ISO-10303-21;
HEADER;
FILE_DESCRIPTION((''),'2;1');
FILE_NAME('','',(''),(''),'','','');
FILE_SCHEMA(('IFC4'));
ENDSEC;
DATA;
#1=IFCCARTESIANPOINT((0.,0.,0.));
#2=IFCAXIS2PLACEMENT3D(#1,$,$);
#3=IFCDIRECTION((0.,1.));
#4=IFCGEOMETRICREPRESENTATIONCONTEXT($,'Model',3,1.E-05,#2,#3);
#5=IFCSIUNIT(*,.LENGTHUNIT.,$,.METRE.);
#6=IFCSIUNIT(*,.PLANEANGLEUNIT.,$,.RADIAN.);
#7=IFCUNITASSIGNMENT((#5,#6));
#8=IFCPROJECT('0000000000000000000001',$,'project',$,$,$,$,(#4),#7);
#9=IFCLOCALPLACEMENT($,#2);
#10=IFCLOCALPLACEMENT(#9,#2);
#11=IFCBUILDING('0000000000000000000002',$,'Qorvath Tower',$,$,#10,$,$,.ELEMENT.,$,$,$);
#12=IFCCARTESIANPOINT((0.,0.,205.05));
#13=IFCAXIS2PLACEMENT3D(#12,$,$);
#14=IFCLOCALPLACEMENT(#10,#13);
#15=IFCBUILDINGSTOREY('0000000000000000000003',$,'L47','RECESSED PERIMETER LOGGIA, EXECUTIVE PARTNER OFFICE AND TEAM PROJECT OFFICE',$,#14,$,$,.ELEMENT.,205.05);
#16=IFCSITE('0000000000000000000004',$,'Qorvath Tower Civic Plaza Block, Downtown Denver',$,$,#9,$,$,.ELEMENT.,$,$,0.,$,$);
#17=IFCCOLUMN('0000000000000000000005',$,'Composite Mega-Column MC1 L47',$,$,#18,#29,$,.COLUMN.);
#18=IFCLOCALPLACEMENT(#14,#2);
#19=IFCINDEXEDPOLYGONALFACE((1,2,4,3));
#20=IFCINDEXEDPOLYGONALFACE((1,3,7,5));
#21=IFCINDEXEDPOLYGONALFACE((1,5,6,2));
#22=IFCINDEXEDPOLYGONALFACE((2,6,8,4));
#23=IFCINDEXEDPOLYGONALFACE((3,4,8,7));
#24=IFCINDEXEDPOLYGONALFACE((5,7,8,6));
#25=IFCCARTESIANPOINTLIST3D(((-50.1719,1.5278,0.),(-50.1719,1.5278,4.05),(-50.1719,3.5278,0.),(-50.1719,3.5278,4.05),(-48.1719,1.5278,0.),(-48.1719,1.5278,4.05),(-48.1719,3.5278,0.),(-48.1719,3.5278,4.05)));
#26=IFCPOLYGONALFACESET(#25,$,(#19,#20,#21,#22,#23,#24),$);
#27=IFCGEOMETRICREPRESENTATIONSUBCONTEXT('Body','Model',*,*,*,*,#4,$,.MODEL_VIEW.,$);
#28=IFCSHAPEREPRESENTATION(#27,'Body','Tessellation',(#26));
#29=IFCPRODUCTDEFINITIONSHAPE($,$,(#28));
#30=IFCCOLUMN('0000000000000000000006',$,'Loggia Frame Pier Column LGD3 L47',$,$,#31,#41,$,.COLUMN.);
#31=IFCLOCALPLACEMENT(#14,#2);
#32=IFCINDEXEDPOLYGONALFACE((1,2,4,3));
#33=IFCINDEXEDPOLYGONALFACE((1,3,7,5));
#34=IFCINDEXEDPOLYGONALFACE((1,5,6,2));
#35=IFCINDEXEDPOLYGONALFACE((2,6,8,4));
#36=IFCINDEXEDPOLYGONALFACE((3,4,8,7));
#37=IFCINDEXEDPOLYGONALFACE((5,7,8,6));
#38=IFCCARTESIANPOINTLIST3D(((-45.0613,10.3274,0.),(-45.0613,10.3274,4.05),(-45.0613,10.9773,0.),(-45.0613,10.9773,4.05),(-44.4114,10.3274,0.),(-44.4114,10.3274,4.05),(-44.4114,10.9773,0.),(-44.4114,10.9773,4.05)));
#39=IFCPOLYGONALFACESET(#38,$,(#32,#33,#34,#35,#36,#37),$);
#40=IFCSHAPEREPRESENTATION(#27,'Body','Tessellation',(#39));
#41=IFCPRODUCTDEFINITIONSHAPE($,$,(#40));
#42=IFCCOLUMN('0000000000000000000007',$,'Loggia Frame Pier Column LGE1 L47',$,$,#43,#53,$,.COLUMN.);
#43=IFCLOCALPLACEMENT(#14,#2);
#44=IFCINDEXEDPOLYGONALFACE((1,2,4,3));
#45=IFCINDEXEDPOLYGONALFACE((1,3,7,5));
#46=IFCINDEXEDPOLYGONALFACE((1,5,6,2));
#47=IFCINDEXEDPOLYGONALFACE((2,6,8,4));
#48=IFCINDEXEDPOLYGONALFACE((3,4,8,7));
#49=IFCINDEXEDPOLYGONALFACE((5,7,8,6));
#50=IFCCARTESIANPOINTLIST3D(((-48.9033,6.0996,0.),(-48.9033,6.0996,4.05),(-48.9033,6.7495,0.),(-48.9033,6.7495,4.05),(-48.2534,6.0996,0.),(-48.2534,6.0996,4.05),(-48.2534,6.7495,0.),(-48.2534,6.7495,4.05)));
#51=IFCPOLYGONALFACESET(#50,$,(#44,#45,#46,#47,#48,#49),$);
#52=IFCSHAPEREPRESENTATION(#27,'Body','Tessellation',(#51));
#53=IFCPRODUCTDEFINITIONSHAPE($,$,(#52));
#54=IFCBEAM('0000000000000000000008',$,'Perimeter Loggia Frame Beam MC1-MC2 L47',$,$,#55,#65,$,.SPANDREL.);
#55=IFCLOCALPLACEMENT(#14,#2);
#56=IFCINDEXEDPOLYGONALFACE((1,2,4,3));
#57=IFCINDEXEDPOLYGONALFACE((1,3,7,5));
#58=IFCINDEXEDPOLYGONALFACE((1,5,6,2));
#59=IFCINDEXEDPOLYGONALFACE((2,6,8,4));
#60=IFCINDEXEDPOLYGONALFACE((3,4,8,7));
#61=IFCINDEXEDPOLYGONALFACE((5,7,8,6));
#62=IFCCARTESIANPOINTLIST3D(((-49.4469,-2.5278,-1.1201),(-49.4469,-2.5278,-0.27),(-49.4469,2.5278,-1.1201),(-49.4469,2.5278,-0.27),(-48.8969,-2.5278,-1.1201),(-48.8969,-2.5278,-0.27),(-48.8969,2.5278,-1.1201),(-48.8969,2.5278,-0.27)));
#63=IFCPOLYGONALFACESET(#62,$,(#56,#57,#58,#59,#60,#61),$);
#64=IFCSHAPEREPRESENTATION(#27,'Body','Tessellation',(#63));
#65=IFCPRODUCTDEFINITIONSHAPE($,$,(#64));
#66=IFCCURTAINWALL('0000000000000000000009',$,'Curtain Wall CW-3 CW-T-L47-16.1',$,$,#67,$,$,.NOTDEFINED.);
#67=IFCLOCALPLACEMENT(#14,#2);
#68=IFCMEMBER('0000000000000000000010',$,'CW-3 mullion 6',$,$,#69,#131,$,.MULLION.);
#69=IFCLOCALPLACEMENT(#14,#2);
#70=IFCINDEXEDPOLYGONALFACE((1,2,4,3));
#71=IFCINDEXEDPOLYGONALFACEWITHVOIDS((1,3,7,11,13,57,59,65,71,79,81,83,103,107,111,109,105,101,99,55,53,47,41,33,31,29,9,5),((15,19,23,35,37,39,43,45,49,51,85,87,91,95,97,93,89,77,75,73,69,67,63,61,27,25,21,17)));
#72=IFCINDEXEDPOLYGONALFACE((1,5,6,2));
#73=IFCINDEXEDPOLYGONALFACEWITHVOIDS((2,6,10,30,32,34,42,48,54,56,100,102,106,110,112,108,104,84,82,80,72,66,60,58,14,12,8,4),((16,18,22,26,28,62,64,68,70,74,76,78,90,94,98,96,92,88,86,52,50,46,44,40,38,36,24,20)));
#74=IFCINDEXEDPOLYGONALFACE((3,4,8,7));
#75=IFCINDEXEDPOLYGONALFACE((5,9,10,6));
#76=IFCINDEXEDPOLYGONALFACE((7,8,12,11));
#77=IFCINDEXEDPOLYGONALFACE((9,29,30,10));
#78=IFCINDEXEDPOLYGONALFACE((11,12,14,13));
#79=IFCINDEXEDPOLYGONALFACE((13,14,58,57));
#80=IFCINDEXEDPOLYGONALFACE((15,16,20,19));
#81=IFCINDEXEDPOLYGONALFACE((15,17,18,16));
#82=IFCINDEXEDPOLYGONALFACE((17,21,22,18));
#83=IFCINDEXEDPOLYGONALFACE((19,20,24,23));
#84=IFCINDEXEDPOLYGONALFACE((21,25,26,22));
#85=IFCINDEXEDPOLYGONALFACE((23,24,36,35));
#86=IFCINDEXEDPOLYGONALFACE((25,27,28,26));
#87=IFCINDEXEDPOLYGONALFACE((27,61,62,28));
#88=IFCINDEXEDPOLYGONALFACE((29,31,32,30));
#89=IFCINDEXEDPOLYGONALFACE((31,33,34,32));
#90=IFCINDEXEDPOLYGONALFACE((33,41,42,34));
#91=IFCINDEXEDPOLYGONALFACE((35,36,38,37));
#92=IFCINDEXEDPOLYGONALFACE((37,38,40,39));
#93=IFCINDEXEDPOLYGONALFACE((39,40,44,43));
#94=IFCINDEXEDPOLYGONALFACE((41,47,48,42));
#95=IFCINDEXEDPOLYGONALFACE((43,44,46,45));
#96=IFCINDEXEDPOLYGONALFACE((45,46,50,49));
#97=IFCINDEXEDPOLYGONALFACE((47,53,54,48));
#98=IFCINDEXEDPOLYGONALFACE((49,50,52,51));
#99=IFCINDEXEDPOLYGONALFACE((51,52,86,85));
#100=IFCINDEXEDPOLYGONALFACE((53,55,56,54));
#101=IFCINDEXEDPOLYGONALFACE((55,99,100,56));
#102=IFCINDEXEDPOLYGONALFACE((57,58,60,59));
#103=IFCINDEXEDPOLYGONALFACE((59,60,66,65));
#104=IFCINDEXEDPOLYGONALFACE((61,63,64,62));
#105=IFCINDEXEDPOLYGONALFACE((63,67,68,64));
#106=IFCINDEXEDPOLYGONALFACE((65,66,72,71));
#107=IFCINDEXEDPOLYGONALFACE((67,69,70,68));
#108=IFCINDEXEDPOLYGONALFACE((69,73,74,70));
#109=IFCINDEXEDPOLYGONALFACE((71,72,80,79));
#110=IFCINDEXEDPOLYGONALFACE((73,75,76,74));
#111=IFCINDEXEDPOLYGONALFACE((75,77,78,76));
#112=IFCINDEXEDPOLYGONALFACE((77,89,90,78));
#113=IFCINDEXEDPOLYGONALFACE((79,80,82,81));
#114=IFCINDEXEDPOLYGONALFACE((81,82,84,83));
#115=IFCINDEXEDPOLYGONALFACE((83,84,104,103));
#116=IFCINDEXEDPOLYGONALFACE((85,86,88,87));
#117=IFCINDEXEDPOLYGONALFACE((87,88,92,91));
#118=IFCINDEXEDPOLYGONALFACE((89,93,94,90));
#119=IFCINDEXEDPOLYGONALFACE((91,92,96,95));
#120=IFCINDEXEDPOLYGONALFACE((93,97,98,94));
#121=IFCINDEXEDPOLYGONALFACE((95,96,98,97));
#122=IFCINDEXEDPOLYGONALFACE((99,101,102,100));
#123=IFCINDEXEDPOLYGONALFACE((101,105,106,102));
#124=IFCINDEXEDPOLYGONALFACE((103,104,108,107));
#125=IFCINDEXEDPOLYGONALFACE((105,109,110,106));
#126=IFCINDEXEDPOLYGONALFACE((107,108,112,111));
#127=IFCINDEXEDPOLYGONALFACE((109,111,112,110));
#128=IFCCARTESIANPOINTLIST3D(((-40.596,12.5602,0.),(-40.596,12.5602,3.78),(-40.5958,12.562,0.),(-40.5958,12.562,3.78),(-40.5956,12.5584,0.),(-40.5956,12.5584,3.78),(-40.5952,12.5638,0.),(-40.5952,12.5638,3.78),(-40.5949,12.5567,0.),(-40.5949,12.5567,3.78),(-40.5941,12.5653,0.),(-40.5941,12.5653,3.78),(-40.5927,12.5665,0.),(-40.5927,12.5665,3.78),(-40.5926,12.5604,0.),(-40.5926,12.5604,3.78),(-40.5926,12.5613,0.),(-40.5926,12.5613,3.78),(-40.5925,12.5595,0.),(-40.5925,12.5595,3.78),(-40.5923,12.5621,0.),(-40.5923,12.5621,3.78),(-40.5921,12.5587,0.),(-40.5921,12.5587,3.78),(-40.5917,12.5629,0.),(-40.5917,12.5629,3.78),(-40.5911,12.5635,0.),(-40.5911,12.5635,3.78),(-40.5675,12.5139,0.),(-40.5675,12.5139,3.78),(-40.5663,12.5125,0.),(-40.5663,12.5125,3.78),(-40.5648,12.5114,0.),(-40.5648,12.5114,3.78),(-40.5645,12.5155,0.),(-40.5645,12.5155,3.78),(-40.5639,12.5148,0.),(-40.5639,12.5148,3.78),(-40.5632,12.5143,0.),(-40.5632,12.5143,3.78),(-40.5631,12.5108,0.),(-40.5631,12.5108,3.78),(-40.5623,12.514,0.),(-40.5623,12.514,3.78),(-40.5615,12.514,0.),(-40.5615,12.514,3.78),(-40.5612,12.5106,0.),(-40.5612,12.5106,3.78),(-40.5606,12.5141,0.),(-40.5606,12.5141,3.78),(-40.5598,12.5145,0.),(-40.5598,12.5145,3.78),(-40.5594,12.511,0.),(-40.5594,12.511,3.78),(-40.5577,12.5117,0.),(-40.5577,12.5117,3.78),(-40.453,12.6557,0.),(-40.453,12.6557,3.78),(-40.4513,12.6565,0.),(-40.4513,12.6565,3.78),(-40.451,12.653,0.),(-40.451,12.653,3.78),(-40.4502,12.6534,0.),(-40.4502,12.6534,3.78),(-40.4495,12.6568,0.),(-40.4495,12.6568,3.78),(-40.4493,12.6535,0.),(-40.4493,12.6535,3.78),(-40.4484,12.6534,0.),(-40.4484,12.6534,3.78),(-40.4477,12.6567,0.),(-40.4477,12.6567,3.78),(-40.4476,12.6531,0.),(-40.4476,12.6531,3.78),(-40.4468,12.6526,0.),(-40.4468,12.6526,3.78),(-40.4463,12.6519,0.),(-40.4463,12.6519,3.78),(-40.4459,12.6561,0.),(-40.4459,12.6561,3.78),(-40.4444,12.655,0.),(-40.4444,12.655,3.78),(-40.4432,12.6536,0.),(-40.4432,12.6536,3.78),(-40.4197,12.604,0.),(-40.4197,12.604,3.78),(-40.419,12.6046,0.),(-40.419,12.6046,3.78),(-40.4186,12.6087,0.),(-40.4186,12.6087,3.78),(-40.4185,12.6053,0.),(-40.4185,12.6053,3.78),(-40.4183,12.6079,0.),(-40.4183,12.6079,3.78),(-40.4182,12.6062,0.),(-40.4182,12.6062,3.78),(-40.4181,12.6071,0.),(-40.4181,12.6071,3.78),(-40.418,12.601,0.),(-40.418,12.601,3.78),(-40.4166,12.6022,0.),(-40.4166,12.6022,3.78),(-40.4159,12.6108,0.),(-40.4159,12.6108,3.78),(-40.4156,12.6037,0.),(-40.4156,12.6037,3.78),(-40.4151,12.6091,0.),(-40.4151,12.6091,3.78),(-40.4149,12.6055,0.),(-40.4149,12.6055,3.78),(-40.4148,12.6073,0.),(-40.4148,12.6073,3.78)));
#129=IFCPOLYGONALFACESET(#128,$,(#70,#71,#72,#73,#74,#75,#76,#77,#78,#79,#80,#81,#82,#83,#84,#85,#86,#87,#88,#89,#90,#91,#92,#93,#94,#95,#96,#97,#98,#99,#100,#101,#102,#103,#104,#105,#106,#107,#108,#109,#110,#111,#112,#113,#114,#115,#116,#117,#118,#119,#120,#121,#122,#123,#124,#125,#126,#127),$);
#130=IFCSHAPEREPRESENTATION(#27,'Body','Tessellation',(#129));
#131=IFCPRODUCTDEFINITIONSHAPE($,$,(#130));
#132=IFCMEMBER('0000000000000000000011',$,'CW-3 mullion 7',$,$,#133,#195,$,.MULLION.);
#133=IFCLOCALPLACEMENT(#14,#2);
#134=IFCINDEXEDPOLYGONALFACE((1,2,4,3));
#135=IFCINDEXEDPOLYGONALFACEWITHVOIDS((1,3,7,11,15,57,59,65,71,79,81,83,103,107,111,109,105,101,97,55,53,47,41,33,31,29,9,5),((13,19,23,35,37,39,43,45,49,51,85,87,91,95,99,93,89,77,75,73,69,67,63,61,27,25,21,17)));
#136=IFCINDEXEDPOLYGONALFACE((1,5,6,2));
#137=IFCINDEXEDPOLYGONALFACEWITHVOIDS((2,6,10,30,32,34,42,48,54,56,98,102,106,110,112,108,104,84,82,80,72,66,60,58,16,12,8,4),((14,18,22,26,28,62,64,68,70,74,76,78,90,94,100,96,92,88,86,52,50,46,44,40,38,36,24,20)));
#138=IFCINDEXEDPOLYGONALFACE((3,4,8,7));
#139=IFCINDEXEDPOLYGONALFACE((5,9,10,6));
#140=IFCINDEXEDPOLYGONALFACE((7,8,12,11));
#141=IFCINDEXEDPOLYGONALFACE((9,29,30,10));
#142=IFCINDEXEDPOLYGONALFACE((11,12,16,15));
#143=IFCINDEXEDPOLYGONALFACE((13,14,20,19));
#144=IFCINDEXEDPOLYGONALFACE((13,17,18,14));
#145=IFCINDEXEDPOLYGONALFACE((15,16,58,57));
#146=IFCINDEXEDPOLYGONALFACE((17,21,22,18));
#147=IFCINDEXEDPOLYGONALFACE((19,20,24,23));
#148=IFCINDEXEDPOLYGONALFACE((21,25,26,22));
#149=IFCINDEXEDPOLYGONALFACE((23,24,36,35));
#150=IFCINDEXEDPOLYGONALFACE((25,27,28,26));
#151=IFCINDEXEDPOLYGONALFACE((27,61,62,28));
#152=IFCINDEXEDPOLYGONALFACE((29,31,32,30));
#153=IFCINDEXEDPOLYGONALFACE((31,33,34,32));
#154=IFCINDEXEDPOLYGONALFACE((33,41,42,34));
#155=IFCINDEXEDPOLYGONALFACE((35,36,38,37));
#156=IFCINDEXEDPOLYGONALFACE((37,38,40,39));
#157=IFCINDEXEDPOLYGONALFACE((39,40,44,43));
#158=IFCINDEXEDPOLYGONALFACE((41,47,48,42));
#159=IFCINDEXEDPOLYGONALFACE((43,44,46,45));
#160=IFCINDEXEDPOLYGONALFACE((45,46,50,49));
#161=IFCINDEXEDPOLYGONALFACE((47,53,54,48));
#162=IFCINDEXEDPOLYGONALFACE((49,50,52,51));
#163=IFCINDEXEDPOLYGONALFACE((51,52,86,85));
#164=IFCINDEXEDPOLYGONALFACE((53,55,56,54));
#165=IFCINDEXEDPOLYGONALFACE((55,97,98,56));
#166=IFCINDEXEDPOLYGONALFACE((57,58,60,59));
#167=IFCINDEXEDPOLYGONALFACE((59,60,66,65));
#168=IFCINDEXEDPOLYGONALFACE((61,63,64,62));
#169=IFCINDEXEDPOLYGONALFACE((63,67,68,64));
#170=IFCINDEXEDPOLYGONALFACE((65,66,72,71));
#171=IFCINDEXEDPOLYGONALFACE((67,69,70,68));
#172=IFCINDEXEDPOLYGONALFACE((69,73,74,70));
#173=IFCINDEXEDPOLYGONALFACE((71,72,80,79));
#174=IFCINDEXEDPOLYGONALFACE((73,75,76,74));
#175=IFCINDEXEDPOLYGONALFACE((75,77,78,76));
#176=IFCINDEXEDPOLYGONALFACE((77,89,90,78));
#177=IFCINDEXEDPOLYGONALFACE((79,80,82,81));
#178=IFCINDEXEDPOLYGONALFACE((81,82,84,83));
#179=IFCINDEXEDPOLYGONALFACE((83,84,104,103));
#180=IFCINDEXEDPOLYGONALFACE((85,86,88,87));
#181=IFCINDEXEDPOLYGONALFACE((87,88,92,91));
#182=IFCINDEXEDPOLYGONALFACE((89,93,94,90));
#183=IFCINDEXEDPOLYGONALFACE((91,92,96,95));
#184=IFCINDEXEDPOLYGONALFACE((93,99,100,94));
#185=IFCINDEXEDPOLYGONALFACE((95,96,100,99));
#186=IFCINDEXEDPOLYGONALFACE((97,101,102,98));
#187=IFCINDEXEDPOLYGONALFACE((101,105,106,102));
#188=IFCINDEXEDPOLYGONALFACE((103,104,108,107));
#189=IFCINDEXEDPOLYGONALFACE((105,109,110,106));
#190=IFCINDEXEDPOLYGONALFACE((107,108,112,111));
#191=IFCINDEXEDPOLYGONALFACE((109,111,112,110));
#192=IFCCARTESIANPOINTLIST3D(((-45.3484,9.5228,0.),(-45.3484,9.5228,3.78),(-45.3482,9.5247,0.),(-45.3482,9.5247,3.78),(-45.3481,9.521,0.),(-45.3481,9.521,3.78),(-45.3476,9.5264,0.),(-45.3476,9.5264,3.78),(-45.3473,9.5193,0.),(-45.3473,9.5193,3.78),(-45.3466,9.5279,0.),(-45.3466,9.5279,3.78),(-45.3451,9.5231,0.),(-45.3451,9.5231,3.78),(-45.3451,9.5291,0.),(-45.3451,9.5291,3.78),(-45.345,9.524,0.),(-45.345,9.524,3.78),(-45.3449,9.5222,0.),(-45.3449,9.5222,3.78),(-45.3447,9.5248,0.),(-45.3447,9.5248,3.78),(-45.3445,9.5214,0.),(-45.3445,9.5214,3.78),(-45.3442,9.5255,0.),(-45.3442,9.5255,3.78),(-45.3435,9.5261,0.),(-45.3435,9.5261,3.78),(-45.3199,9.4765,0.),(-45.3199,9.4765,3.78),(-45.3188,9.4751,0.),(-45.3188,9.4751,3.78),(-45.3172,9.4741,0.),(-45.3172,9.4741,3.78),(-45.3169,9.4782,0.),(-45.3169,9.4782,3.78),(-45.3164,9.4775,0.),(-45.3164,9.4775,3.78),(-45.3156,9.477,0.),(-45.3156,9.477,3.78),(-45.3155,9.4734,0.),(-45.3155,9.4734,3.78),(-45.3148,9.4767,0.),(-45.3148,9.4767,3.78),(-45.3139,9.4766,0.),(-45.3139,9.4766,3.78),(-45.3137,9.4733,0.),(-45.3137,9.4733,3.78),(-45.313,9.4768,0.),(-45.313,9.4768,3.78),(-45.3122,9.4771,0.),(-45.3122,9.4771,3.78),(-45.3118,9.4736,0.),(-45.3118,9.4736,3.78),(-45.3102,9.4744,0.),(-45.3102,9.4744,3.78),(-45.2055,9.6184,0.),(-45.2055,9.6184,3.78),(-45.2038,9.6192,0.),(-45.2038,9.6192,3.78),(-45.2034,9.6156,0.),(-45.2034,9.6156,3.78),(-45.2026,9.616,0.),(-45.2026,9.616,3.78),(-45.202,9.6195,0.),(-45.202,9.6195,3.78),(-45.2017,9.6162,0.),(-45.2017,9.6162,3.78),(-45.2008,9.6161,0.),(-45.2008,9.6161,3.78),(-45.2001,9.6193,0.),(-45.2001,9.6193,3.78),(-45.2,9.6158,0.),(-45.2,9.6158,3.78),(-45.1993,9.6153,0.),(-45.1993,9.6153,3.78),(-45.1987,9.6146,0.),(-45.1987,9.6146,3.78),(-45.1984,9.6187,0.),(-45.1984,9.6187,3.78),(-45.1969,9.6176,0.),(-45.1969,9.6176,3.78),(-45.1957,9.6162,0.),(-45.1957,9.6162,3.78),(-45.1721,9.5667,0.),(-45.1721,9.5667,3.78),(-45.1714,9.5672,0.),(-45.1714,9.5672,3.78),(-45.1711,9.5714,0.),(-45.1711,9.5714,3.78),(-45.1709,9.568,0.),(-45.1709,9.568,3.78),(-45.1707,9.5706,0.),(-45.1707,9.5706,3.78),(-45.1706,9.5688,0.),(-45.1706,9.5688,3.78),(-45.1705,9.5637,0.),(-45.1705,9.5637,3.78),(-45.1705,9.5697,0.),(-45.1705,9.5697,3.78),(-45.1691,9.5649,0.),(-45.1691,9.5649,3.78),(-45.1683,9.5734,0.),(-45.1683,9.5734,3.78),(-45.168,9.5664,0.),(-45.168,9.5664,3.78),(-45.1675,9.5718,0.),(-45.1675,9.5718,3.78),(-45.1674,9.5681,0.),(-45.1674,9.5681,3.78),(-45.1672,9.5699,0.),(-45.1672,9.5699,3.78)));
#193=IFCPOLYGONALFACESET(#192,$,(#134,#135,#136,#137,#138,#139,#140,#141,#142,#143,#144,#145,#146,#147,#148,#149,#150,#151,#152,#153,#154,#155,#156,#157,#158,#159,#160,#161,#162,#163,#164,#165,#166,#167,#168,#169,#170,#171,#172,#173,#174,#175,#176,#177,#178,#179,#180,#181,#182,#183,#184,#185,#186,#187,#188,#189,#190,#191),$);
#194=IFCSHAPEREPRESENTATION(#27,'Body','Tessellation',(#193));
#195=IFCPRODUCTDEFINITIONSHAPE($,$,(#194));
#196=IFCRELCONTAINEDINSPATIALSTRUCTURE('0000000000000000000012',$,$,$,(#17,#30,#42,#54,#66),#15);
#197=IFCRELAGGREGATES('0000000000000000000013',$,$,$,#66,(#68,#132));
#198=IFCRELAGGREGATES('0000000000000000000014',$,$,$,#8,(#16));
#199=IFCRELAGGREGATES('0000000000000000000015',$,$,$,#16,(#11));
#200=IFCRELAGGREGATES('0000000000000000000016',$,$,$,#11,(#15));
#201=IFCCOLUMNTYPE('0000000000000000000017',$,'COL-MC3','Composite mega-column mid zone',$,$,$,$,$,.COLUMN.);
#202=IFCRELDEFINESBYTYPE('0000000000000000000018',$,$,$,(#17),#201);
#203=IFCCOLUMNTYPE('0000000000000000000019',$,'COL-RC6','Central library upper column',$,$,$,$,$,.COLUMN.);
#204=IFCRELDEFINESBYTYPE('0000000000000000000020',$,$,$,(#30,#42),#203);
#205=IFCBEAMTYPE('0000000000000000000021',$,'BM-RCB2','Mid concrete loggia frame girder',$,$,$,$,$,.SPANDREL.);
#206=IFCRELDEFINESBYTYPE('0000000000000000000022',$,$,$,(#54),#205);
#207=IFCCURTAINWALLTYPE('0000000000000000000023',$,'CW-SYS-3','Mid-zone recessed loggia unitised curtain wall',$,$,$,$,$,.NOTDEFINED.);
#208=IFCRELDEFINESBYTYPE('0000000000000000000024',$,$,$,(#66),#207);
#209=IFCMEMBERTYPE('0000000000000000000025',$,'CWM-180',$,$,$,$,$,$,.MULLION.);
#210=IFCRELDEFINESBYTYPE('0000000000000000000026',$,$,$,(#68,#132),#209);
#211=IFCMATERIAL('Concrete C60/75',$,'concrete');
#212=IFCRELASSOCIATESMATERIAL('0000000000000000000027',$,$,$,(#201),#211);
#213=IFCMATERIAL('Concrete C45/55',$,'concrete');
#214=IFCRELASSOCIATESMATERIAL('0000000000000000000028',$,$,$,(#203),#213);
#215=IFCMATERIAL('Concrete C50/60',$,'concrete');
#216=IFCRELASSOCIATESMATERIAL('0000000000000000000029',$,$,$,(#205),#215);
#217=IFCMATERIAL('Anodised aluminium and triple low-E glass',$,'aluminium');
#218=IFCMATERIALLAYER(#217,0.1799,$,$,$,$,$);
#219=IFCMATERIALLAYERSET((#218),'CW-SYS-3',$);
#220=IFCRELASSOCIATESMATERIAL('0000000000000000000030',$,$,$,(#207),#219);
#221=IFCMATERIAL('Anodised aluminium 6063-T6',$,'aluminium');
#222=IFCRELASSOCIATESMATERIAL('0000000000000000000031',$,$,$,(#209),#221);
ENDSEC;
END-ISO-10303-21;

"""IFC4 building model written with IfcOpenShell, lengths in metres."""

from ifc_helpers import new_model, si_unit, direction, frame, origin, origin_2d, place, context, subcontext, project, spatial, rectangle, hollow_rectangle, extrude, material, layer, layer_set, material_profile, profile_set, type_object, element, aggregate, save


model = new_model("IFC4")

# Units and contexts
model_context = context("Model", 3, precision=1e-05, world=origin(), true_north=direction((0.0, 1.0)))
body_context = subcontext(model_context, "Body", "Model", "MODEL_VIEW")
ifc_project = project(units=[si_unit("LENGTHUNIT", "METRE"), si_unit("PLANEANGLEUNIT", "RADIAN")], contexts=[model_context])

# Site, building, storey
site_placement = place(None, origin())
site = spatial("IfcSite", under=ifc_project, at=site_placement, Name="Qorvath Tower Civic Plaza Block, Downtown Denver", CompositionType="ELEMENT", RefElevation=0.0)
building_placement = place(site_placement, origin())
building = spatial("IfcBuilding", under=site, at=building_placement, Name="Qorvath Tower", CompositionType="ELEMENT")
storey_placement = place(building_placement, frame((0.0, 0.0, 205.05)))
storey = spatial("IfcBuildingStorey", under=building, at=storey_placement, Name="L47", Description="RECESSED PERIMETER LOGGIA, EXECUTIVE PARTNER OFFICE AND TEAM PROJECT OFFICE", CompositionType="ELEMENT", Elevation=205.05)

# Columns
ifc_material_1 = material(Name="Concrete C60/75", Category="concrete")
ifc_material_profile_1 = material_profile(ifc_material_1, rectangle(XDim=2.0, YDim=2.0, at=origin_2d()), Name="MC 2000x2000")
ifc_profile_set_1 = profile_set([ifc_material_profile_1], Name="Concrete C60/75")
column_type_1 = type_object("IfcColumnType", Name="COL-MC3", Description="Composite mega-column mid zone", PredefinedType="COLUMN", material=ifc_profile_set_1)
column_placement = place(storey_placement, frame((-49.1719, 2.5278, 0.0), z_axis=(0.0, 0.0, 1.0), x_axis=(1.0, 0.0, 0.0)))
element("IfcColumn", 1, at=column_placement, inside=storey, type_object=column_type_1, Name="Composite Mega-Column MC1 L47", PredefinedType="COLUMN", context=body_context, shape_type="SweptSolid", body=[
    extrude(rectangle(XDim=2.0, YDim=2.0, at=origin_2d()), origin(), (0.0, 0.0, 1.0), 4.05),
])
ifc_material_2 = material(Name="Concrete C45/55", Category="concrete")
ifc_material_profile_2 = material_profile(ifc_material_2, rectangle(XDim=0.6499, YDim=0.6499, at=origin_2d()), Name="RC 650x650")
ifc_profile_set_2 = profile_set([ifc_material_profile_2], Name="Concrete C45/55")
column_type_2 = type_object("IfcColumnType", Name="COL-RC6", Description="Central library upper column", PredefinedType="COLUMN", material=ifc_profile_set_2)
for number, where, z_axis, x_axis, name in (
    (2, (-44.7363, 10.6523, 0.0), (0.0, 0.0, 1.0), (1.0, 0.0, 0.0), "Loggia Frame Pier Column LGD3 L47"),
    (3, (-48.5784, 6.4246, 0.0), (0.0, 0.0, 1.0), (1.0, 0.0, 0.0), "Loggia Frame Pier Column LGE1 L47"),
):
    element("IfcColumn", number, at=place(storey_placement, frame(where, z_axis=z_axis, x_axis=x_axis)), inside=storey, type_object=column_type_2, Name=name, PredefinedType="COLUMN", context=body_context, shape_type="SweptSolid", body=[
        extrude(rectangle(XDim=0.6499, YDim=0.6499, at=origin_2d()), origin(), (0.0, 0.0, 1.0), 4.05),
    ])

# Beam
ifc_material_3 = material(Name="Concrete C50/60", Category="concrete")
ifc_material_profile_3 = material_profile(ifc_material_3, rectangle(XDim=0.55, YDim=0.8501, at=origin_2d()), Name="RCB 850x550")
ifc_profile_set_3 = profile_set([ifc_material_profile_3], Name="Concrete C50/60")
beam_type = type_object("IfcBeamType", Name="BM-RCB2", Description="Mid concrete loggia frame girder", PredefinedType="SPANDREL", material=ifc_profile_set_3)
beam_placement = place(storey_placement, frame((-49.1719, 2.5278, -0.6951), z_axis=(0.0, -1.0, 0.0), x_axis=(1.0, 0.0, 0.0)))
element("IfcBeam", 4, at=beam_placement, inside=storey, type_object=beam_type, Name="Perimeter Loggia Frame Beam MC1-MC2 L47", PredefinedType="SPANDREL", context=body_context, shape_type="SweptSolid", body=[
    extrude(rectangle(XDim=0.55, YDim=0.8501, at=origin_2d()), origin(), (0.0, 0.0, 1.0), 5.0557),
])

# Curtain wall, members
ifc_material_4 = material(Name="Anodised aluminium and triple low-E glass", Category="aluminium")
ifc_layer_1 = layer(ifc_material_4, 0.1799)
ifc_layer_set_1 = layer_set([ifc_layer_1], Name="CW-SYS-3")
curtain_wall_type = type_object("IfcCurtainWallType", Name="CW-SYS-3", Description="Mid-zone recessed loggia unitised curtain wall", PredefinedType="NOTDEFINED", material=ifc_layer_set_1)
curtain_wall_placement = place(storey_placement, origin())
curtain_wall = element("IfcCurtainWall", 5, at=curtain_wall_placement, inside=storey, type_object=curtain_wall_type, Name="Curtain Wall CW-3 CW-T-L47-16.1", PredefinedType="NOTDEFINED")
ifc_material_5 = material(Name="Anodised aluminium 6063-T6", Category="aluminium")
ifc_material_profile_4 = material_profile(ifc_material_5, hollow_rectangle(XDim=0.0649, YDim=0.1799, WallThickness=0.0034, InnerFilletRadius=0.0034, OuterFilletRadius=0.0071, at=origin_2d()), Name="CWM 180x65")
ifc_profile_set_4 = profile_set([ifc_material_profile_4], Name="Anodised aluminium 6063-T6")
member_type_1 = type_object("IfcMemberType", Name="CWM-180", PredefinedType="MULLION", material=ifc_profile_set_4)
member_1_placement = place(storey_placement, frame((-40.5054, 12.5837, 0.0), z_axis=(0.0, 0.0, 1.0), x_axis=(0.538534, -0.842604, 0.0)))
member_1 = element("IfcMember", 6, at=member_1_placement, type_object=member_type_1, Name="CW-3 mullion 6", PredefinedType="MULLION", context=body_context, shape_type="SweptSolid", body=[
    extrude(hollow_rectangle(XDim=0.0649, YDim=0.1799, WallThickness=0.0034, InnerFilletRadius=0.0034, OuterFilletRadius=0.0071, at=origin_2d()), origin(), (0.0, 0.0, 1.0), 3.78),
])
member_2_placement = place(storey_placement, frame((-45.2578, 9.5464, 0.0), z_axis=(0.0, 0.0, 1.0), x_axis=(0.538534, -0.842604, 0.0)))
member_2 = element("IfcMember", 7, at=member_2_placement, type_object=member_type_1, Name="CW-3 mullion 7", PredefinedType="MULLION", context=body_context, shape_type="SweptSolid", body=[
    extrude(hollow_rectangle(XDim=0.0649, YDim=0.1799, WallThickness=0.0034, InnerFilletRadius=0.0034, OuterFilletRadius=0.0071, at=origin_2d()), origin(), (0.0, 0.0, 1.0), 3.78),
])
aggregate(curtain_wall, [member_1, member_2])

save(model, "model.ifc")
